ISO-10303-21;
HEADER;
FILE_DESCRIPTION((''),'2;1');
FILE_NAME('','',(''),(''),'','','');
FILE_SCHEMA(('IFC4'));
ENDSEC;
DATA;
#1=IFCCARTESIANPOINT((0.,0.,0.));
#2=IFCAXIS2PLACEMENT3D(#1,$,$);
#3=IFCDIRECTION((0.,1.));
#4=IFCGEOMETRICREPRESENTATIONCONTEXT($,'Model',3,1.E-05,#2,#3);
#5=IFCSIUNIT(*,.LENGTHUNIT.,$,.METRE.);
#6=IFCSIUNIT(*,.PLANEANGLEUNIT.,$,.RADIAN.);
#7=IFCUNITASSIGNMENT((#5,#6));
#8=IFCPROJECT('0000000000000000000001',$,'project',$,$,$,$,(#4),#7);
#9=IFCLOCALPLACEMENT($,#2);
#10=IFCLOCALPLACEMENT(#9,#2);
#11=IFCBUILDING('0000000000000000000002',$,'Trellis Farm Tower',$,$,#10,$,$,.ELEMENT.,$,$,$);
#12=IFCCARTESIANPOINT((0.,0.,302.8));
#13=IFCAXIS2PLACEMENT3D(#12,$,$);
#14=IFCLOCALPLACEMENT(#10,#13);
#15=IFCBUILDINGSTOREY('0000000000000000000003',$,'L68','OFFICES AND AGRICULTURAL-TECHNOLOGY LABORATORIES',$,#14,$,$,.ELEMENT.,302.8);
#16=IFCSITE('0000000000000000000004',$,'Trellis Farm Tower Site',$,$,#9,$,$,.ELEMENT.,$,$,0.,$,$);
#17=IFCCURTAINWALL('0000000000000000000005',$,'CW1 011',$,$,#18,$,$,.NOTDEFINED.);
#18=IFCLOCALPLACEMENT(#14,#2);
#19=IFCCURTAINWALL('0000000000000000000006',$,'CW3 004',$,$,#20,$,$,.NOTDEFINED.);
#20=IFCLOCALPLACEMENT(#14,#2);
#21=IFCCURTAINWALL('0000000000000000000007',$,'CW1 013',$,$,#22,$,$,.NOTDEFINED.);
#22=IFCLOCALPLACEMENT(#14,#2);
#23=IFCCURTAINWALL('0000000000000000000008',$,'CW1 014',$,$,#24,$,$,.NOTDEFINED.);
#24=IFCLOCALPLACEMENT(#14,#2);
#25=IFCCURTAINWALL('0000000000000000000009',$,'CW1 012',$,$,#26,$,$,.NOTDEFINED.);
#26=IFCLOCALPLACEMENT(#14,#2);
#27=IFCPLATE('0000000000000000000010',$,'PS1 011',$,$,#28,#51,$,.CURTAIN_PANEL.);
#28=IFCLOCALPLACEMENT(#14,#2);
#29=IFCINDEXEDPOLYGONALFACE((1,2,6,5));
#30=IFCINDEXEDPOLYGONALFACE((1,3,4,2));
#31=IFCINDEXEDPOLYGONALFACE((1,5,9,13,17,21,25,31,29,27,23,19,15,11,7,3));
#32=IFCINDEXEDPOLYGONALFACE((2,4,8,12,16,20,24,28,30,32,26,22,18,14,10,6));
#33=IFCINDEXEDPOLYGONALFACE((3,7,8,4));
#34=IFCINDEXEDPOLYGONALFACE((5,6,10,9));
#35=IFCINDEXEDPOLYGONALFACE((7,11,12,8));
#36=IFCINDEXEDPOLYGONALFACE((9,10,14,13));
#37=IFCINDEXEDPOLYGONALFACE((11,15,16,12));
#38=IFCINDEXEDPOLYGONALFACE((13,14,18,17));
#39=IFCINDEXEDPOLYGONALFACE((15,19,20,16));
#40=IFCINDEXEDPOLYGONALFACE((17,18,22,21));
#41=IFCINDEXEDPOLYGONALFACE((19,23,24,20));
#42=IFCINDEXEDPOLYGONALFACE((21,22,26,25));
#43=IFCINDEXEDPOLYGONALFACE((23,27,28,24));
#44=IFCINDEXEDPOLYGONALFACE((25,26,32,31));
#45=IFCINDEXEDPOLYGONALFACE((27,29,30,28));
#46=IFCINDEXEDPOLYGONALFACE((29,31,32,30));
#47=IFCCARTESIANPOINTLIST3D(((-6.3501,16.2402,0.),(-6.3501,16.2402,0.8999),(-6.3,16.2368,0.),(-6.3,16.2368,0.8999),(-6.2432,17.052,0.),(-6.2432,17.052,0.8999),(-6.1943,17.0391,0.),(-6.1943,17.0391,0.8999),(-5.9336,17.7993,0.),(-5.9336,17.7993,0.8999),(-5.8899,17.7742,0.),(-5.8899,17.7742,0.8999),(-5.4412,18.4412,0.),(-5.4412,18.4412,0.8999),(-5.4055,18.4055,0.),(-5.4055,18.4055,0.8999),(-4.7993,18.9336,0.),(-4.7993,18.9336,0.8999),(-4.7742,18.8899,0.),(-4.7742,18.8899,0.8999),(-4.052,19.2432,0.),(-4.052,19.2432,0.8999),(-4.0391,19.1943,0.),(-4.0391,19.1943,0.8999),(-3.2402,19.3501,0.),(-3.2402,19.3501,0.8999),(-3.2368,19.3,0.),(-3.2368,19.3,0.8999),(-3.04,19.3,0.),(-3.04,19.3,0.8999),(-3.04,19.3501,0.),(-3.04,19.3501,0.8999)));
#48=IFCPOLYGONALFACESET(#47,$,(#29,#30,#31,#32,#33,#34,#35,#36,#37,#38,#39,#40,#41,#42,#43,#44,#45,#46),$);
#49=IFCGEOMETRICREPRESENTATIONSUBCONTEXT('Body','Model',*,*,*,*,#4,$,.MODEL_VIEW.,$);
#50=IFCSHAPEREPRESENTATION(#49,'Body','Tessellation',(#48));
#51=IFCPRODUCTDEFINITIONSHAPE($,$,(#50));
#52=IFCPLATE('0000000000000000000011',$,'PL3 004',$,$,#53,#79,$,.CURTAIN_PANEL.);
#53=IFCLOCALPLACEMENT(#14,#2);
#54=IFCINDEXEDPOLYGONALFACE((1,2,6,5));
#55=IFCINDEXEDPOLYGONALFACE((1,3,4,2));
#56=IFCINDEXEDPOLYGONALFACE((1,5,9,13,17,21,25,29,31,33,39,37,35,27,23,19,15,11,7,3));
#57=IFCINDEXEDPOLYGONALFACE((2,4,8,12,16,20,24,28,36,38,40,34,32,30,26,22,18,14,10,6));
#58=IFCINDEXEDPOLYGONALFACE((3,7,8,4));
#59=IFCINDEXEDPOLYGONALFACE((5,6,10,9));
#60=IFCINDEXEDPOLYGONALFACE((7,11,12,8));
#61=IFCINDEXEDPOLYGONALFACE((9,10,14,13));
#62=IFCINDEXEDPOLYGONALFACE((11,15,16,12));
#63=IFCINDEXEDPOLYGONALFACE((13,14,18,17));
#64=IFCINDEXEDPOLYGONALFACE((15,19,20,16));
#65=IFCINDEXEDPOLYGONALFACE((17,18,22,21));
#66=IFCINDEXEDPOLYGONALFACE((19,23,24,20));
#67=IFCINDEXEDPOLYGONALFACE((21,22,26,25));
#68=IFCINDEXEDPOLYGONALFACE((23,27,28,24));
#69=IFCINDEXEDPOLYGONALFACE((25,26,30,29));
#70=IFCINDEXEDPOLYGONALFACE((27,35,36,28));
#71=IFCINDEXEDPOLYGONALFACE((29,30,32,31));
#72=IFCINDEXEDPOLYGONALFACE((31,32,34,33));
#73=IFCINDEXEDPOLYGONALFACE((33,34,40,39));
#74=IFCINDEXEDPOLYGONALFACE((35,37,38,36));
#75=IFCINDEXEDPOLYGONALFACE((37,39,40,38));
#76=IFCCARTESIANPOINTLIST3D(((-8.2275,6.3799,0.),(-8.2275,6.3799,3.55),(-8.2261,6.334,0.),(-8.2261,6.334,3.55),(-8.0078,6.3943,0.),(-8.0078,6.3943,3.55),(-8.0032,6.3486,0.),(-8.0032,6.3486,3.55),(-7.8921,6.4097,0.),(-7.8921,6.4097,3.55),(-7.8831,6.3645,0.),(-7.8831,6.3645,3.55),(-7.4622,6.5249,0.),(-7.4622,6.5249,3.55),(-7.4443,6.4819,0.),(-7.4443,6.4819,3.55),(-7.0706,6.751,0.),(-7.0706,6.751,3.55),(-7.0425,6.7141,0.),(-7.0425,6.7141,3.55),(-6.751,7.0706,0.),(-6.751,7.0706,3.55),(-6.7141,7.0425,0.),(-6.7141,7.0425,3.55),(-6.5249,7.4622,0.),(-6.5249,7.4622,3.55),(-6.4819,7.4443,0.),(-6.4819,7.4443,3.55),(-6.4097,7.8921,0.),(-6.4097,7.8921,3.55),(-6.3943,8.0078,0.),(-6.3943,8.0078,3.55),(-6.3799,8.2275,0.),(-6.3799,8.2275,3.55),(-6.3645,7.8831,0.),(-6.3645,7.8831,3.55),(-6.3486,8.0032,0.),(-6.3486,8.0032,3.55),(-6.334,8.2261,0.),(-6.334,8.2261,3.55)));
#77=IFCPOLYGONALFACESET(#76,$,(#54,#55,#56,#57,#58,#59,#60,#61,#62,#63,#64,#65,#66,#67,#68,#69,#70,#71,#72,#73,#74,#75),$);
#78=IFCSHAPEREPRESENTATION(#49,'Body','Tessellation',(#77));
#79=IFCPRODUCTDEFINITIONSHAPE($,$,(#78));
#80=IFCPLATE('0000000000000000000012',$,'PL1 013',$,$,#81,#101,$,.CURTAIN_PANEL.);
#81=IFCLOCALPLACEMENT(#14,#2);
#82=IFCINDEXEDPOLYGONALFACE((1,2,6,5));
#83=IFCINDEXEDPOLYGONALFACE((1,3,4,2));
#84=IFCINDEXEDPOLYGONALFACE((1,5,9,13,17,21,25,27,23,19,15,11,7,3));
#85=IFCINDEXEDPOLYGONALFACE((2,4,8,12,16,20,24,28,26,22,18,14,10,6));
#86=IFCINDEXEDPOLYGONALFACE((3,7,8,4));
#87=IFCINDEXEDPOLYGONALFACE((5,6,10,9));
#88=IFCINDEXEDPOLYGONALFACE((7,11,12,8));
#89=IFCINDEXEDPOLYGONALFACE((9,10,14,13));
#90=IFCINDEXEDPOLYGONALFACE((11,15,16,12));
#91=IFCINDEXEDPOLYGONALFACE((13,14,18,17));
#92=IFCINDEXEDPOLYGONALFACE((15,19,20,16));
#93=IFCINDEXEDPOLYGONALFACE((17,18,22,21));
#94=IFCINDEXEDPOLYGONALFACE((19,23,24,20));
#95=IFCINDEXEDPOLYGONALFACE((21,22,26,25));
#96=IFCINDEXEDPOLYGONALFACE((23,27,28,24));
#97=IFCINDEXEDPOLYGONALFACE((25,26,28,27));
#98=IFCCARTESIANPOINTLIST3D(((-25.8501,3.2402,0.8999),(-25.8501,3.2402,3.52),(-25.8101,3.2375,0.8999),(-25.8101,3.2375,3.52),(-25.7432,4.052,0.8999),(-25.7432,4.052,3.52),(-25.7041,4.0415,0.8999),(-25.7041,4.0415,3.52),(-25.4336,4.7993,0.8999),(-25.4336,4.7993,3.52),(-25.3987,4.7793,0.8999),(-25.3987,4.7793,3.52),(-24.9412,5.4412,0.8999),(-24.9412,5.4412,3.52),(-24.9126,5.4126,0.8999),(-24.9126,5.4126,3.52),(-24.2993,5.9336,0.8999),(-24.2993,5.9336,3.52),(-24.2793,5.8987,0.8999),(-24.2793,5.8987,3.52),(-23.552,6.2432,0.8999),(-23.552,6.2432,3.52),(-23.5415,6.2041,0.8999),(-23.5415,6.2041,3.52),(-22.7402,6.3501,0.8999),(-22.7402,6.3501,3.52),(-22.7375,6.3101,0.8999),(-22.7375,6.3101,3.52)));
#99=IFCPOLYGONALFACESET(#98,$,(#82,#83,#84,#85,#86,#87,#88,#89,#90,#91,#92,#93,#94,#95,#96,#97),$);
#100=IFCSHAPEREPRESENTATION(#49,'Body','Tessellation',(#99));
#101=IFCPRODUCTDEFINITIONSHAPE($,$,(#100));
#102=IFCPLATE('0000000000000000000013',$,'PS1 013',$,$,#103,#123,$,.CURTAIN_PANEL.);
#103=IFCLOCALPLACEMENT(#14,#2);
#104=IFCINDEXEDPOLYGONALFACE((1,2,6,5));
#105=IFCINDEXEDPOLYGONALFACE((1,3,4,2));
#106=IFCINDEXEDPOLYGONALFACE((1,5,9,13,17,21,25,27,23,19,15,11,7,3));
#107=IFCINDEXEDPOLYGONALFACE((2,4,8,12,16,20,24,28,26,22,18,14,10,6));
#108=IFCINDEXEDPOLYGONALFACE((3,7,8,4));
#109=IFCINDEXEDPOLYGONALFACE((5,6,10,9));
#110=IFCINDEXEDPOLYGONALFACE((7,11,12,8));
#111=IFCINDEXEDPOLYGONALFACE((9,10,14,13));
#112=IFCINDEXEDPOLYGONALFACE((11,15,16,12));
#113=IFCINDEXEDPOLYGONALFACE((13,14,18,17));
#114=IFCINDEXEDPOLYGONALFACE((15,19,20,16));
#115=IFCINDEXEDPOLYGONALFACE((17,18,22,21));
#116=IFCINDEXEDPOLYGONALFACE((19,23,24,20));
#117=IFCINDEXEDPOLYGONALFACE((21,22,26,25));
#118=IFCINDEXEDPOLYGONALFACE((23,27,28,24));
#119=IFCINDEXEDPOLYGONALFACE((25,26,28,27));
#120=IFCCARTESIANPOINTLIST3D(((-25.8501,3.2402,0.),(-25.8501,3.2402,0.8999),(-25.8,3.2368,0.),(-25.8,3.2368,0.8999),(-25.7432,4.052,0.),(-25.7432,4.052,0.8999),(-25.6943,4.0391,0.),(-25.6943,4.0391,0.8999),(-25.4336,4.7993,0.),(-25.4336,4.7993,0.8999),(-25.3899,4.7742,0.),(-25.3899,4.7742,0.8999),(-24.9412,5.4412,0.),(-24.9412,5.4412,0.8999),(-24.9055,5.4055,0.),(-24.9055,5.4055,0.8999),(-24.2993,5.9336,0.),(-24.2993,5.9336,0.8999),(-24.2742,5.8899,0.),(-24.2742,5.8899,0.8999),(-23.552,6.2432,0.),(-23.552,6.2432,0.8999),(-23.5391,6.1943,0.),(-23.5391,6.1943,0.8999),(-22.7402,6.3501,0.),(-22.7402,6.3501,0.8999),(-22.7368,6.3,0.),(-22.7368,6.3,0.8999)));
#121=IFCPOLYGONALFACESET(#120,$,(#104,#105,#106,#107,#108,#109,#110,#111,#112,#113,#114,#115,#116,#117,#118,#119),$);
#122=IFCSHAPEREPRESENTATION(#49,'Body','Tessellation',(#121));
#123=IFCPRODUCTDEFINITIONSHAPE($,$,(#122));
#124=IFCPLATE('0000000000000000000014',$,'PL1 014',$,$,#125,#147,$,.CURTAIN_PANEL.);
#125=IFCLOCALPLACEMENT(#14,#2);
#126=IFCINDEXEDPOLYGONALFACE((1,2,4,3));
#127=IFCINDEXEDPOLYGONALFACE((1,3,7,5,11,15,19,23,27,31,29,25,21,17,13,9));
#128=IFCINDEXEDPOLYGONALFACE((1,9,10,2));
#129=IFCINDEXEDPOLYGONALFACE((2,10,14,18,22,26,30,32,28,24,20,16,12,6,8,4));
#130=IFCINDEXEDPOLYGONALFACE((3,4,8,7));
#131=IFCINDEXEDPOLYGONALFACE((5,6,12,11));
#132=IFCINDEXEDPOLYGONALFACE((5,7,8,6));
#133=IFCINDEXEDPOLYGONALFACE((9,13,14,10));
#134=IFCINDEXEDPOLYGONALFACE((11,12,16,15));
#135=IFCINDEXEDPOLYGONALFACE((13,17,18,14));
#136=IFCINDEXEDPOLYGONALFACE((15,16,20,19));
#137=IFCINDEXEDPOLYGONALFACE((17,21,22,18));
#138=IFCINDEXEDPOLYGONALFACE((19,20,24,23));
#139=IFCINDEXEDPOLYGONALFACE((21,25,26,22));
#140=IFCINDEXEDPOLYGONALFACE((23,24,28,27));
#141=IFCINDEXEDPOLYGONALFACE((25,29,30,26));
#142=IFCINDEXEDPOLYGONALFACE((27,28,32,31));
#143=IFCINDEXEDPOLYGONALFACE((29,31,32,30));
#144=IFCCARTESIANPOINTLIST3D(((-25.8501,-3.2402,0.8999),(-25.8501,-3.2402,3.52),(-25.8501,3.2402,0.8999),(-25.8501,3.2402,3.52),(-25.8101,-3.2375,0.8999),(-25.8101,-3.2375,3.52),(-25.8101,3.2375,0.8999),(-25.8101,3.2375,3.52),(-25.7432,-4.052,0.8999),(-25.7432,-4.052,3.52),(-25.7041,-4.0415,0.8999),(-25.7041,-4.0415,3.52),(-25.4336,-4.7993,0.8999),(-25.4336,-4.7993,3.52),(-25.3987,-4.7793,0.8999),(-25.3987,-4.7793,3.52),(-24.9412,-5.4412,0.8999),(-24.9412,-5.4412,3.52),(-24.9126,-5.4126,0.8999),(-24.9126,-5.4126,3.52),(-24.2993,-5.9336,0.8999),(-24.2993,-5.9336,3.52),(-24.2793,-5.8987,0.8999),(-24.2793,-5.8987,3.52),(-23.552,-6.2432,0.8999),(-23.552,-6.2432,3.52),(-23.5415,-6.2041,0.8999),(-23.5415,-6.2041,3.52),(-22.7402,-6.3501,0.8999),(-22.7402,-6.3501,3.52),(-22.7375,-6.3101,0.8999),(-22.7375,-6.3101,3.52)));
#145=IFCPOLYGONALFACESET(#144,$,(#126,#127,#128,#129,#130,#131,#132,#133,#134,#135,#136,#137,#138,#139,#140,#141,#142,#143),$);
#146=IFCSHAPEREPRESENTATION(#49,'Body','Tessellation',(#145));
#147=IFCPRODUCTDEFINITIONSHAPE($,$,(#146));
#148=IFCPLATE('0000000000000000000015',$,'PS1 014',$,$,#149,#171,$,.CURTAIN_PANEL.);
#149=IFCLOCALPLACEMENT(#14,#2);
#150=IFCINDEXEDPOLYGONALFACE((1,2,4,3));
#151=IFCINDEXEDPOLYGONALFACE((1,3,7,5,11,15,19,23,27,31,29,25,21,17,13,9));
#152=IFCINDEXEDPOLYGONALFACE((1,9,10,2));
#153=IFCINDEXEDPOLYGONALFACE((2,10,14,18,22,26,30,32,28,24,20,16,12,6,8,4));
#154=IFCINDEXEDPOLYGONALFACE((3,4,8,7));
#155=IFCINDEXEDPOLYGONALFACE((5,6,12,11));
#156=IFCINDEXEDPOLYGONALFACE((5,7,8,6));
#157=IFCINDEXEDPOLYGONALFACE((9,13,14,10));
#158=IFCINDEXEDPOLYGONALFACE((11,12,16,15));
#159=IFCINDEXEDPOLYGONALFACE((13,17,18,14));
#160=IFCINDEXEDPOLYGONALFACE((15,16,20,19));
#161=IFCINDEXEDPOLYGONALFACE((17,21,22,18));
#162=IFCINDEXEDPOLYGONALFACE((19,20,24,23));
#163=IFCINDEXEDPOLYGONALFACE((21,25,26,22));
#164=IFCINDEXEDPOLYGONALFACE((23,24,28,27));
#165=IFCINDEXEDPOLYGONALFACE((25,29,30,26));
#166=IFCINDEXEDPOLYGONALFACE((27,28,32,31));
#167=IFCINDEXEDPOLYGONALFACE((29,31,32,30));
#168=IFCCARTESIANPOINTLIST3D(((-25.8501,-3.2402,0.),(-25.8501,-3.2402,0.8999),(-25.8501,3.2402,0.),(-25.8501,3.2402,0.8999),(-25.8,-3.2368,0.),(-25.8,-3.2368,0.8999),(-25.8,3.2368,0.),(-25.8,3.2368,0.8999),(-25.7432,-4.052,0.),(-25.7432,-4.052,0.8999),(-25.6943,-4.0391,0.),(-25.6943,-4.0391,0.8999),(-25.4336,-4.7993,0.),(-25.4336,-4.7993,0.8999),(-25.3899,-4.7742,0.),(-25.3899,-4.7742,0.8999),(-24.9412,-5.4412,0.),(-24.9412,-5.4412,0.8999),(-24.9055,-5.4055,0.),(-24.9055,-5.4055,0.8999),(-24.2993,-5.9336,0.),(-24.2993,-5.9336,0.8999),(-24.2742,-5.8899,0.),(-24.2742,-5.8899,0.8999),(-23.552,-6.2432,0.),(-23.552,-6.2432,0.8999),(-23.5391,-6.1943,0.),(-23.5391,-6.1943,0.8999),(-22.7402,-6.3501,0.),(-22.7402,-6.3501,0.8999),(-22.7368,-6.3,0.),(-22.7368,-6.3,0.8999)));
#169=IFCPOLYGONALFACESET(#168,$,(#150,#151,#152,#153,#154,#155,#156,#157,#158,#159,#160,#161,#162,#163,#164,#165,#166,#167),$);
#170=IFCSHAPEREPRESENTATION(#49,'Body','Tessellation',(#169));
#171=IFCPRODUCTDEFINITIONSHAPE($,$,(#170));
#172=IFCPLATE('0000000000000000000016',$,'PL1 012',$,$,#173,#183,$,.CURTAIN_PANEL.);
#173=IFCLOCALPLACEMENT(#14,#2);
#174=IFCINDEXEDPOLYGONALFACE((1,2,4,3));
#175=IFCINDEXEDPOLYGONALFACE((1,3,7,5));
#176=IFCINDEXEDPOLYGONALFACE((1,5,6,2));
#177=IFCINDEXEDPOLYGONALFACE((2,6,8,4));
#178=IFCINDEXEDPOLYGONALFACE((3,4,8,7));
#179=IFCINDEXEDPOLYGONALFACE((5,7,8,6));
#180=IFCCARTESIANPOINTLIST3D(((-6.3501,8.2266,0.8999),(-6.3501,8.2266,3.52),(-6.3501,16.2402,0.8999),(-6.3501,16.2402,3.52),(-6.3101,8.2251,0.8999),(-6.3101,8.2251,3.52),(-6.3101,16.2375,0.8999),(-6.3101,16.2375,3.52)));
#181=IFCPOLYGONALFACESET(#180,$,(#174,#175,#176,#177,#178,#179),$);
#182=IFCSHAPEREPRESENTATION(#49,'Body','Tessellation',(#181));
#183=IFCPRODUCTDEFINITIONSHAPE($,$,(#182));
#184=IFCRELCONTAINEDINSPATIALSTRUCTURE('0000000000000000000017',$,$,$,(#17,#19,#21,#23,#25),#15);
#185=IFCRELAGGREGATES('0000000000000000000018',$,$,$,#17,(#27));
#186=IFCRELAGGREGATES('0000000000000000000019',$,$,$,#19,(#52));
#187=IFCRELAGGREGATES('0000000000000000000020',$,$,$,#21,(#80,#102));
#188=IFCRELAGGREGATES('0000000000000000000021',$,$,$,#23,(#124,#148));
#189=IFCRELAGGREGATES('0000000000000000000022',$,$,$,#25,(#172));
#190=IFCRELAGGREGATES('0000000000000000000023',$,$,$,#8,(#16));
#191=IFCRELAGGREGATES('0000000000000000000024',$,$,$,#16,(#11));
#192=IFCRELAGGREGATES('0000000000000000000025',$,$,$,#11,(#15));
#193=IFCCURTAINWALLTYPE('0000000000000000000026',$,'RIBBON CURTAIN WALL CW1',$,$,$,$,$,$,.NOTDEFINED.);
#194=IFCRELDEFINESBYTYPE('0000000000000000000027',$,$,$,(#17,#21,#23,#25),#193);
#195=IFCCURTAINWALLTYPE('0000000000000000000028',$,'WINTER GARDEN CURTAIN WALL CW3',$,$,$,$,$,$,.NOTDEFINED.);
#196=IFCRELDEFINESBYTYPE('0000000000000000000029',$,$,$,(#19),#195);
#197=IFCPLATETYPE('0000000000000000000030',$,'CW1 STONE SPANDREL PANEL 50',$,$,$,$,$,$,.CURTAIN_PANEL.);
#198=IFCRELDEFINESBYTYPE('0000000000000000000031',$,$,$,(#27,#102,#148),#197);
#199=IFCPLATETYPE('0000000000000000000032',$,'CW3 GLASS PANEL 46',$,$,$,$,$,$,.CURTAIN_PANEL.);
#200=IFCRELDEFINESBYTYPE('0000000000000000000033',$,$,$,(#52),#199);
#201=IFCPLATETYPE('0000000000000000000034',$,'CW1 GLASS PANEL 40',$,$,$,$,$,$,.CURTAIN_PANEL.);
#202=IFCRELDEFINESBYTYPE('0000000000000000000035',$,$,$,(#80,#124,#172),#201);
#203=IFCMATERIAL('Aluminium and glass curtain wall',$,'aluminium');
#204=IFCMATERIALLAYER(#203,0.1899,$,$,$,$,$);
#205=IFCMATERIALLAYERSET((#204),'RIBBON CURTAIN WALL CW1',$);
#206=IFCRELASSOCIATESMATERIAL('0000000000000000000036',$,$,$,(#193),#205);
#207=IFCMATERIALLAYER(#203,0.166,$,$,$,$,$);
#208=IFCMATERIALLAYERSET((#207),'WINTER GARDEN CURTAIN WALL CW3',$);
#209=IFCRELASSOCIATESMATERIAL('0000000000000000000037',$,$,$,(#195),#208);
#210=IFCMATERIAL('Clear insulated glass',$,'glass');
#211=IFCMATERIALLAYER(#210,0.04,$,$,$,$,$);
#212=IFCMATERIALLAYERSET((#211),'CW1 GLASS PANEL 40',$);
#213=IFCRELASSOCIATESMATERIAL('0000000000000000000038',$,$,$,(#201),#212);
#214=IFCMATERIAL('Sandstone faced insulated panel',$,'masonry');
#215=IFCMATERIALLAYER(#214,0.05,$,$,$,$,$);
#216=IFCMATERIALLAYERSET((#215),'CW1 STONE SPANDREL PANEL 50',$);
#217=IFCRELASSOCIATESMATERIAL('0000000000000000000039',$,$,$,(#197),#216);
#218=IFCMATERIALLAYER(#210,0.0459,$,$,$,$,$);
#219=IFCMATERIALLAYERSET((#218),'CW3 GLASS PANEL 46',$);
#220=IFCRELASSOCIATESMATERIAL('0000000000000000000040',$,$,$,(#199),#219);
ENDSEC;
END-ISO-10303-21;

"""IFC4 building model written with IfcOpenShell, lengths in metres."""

from ifc_helpers import new_model, si_unit, direction, frame, origin, place, context, subcontext, project, spatial, polyline, outline, extrude, source, transform, mapped, material, layer, layer_set, type_object, element, aggregate, save


model = new_model("IFC4")

# Units and contexts
model_context = context("Model", 3, precision=1e-05, world=origin(), true_north=direction((0.0, 1.0)))
body_context = subcontext(model_context, "Body", "Model", "MODEL_VIEW")
ifc_project = project(units=[si_unit("LENGTHUNIT", "METRE"), si_unit("PLANEANGLEUNIT", "RADIAN")], contexts=[model_context])

# Site, building, storey
site_placement = place(None, origin())
site = spatial("IfcSite", under=ifc_project, at=site_placement, Name="Trellis Farm Tower Site", CompositionType="ELEMENT", RefElevation=0.0)
building_placement = place(site_placement, origin())
building = spatial("IfcBuilding", under=site, at=building_placement, Name="Trellis Farm Tower", CompositionType="ELEMENT")
storey_placement = place(building_placement, frame((0.0, 0.0, 302.8)))
storey = spatial("IfcBuildingStorey", under=building, at=storey_placement, Name="L68", Description="OFFICES AND AGRICULTURAL-TECHNOLOGY LABORATORIES", CompositionType="ELEMENT", Elevation=302.8)

# Curtain walls
ifc_material_1 = material(Name="Aluminium and glass curtain wall", Category="aluminium")
ifc_layer_1 = layer(ifc_material_1, 0.1899)
ifc_layer_set_1 = layer_set([ifc_layer_1], Name="RIBBON CURTAIN WALL CW1")
curtain_wall_type_1 = type_object("IfcCurtainWallType", Name="RIBBON CURTAIN WALL CW1", PredefinedType="NOTDEFINED", material=ifc_layer_set_1)
placement_1 = place(storey_placement, origin())
curtain_wall_1 = element("IfcCurtainWall", 1, at=placement_1, inside=storey, type_object=curtain_wall_type_1, Name="CW1 011", PredefinedType="NOTDEFINED")
ifc_layer_2 = layer(ifc_material_1, 0.166)
ifc_layer_set_2 = layer_set([ifc_layer_2], Name="WINTER GARDEN CURTAIN WALL CW3")
curtain_wall_type_2 = type_object("IfcCurtainWallType", Name="WINTER GARDEN CURTAIN WALL CW3", PredefinedType="NOTDEFINED", material=ifc_layer_set_2)
curtain_wall_2 = element("IfcCurtainWall", 2, at=placement_1, inside=storey, type_object=curtain_wall_type_2, Name="CW3 004", PredefinedType="NOTDEFINED")
curtain_wall_3 = element("IfcCurtainWall", 3, at=placement_1, inside=storey, type_object=curtain_wall_type_1, Name="CW1 013", PredefinedType="NOTDEFINED")
curtain_wall_4 = element("IfcCurtainWall", 4, at=placement_1, inside=storey, type_object=curtain_wall_type_1, Name="CW1 014", PredefinedType="NOTDEFINED")
curtain_wall_5 = element("IfcCurtainWall", 5, at=placement_1, inside=storey, type_object=curtain_wall_type_1, Name="CW1 012", PredefinedType="NOTDEFINED")

# Plates
ifc_material_2 = material(Name="Clear insulated glass", Category="glass")
ifc_layer_3 = layer(ifc_material_2, 0.04)
ifc_layer_set_3 = layer_set([ifc_layer_3], Name="CW1 GLASS PANEL 40")
plate_type_1 = type_object("IfcPlateType", Name="CW1 GLASS PANEL 40", PredefinedType="CURTAIN_PANEL", material=ifc_layer_set_3)
placement_2 = place(storey_placement, frame((0.0, 0.0, 0.8999)))
ifc_material_3 = material(Name="Sandstone faced insulated panel", Category="masonry")
ifc_layer_4 = layer(ifc_material_3, 0.05)
ifc_layer_set_4 = layer_set([ifc_layer_4], Name="CW1 STONE SPANDREL PANEL 50")
plate_type_2 = type_object("IfcPlateType", Name="CW1 STONE SPANDREL PANEL 50", PredefinedType="CURTAIN_PANEL", material=ifc_layer_set_4)
plate_1 = element("IfcPlate", 6, at=placement_1, type_object=plate_type_2, Name="PS1 011", PredefinedType="CURTAIN_PANEL", context=body_context, shape_type="SweptSolid", body=[
    extrude(outline(polyline([(-3.04, 19.3501), (-3.2402, 19.3501), (-4.052, 19.2432), (-4.7993, 18.9336), (-5.4412, 18.4412), (-5.9336, 17.7993), (-6.2432, 17.052), (-6.3501, 16.2402), (-6.3, 16.2368), (-6.1943, 17.0391), (-5.8899, 17.7742), (-5.4055, 18.4055), (-4.7742, 18.8899), (-4.0391, 19.1943), (-3.2368, 19.3), (-3.04, 19.3), (-3.04, 19.3501)])), origin(), (0.0, 0.0, 1.0), 0.8999),
])
aggregate(curtain_wall_1, [plate_1])
ifc_layer_5 = layer(ifc_material_2, 0.0459)
ifc_layer_set_5 = layer_set([ifc_layer_5], Name="CW3 GLASS PANEL 46")
plate_type_3 = type_object("IfcPlateType", Name="CW3 GLASS PANEL 46", PredefinedType="CURTAIN_PANEL", material=ifc_layer_set_5)
shared_shape_1 = source(origin(), body_context, "Body", "SweptSolid", [
    extrude(outline(polyline([(-6.3799, 8.2275), (-6.3943, 8.0078), (-6.4097, 7.8921), (-6.5249, 7.4622), (-6.751, 7.0706), (-7.0706, 6.751), (-7.4622, 6.5249), (-7.8921, 6.4097), (-8.0078, 6.3943), (-8.2275, 6.3799), (-8.2261, 6.334), (-8.0032, 6.3486), (-7.8831, 6.3645), (-7.4443, 6.4819), (-7.0425, 6.7141), (-6.7141, 7.0425), (-6.4819, 7.4443), (-6.3645, 7.8831), (-6.3486, 8.0032), (-6.334, 8.2261), (-6.3799, 8.2275)])), origin(), (0.0, 0.0, 1.0), 3.55),
])
plate_2 = element("IfcPlate", 7, at=placement_1, type_object=plate_type_3, Name="PL3 004", PredefinedType="CURTAIN_PANEL", context=body_context, shape_type="MappedRepresentation", body=[
    mapped(shared_shape_1, transform((0.0, 0.0, 0.0))),
])
aggregate(curtain_wall_2, [plate_2])
shared_shape_2 = source(origin(), body_context, "Body", "SweptSolid", [
    extrude(outline(polyline([(-22.7402, 6.3501), (-23.552, 6.2432), (-24.2993, 5.9336), (-24.9412, 5.4412), (-25.4336, 4.7993), (-25.7432, 4.052), (-25.8501, 3.2402), (-25.8101, 3.2375), (-25.7041, 4.0415), (-25.3987, 4.7793), (-24.9126, 5.4126), (-24.2793, 5.8987), (-23.5415, 6.2041), (-22.7375, 6.3101), (-22.7402, 6.3501)])), origin(), (0.0, 0.0, 1.0), 2.6201),
])
plate_3 = element("IfcPlate", 8, at=placement_2, type_object=plate_type_1, Name="PL1 013", PredefinedType="CURTAIN_PANEL", context=body_context, shape_type="MappedRepresentation", body=[
    mapped(shared_shape_2, transform((0.0, 0.0, 0.0))),
])
shared_shape_3 = source(origin(), body_context, "Body", "SweptSolid", [
    extrude(outline(polyline([(-22.7402, 6.3501), (-23.552, 6.2432), (-24.2993, 5.9336), (-24.9412, 5.4412), (-25.4336, 4.7993), (-25.7432, 4.052), (-25.8501, 3.2402), (-25.8, 3.2368), (-25.6943, 4.0391), (-25.3899, 4.7742), (-24.9055, 5.4055), (-24.2742, 5.8899), (-23.5391, 6.1943), (-22.7368, 6.3), (-22.7402, 6.3501)])), origin(), (0.0, 0.0, 1.0), 0.8999),
])
plate_4 = element("IfcPlate", 9, at=placement_1, type_object=plate_type_2, Name="PS1 013", PredefinedType="CURTAIN_PANEL", context=body_context, shape_type="MappedRepresentation", body=[
    mapped(shared_shape_3, transform((0.0, 0.0, 0.0))),
])
aggregate(curtain_wall_3, [plate_3, plate_4])
shared_shape_4 = source(origin(), body_context, "Body", "SweptSolid", [
    extrude(outline(polyline([(-25.8501, 3.2402), (-25.8501, -3.2402), (-25.7432, -4.052), (-25.4336, -4.7993), (-24.9412, -5.4412), (-24.2993, -5.9336), (-23.552, -6.2432), (-22.7402, -6.3501), (-22.7375, -6.3101), (-23.5415, -6.2041), (-24.2793, -5.8987), (-24.9126, -5.4126), (-25.3987, -4.7793), (-25.7041, -4.0415), (-25.8101, -3.2375), (-25.8101, 3.2375), (-25.8501, 3.2402)])), origin(), (0.0, 0.0, 1.0), 2.6201),
])
plate_5 = element("IfcPlate", 10, at=placement_2, type_object=plate_type_1, Name="PL1 014", PredefinedType="CURTAIN_PANEL", context=body_context, shape_type="MappedRepresentation", body=[
    mapped(shared_shape_4, transform((0.0, 0.0, 0.0))),
])
shared_shape_5 = source(origin(), body_context, "Body", "SweptSolid", [
    extrude(outline(polyline([(-25.8501, 3.2402), (-25.8501, -3.2402), (-25.7432, -4.052), (-25.4336, -4.7993), (-24.9412, -5.4412), (-24.2993, -5.9336), (-23.552, -6.2432), (-22.7402, -6.3501), (-22.7368, -6.3), (-23.5391, -6.1943), (-24.2742, -5.8899), (-24.9055, -5.4055), (-25.3899, -4.7742), (-25.6943, -4.0391), (-25.8, -3.2368), (-25.8, 3.2368), (-25.8501, 3.2402)])), origin(), (0.0, 0.0, 1.0), 0.8999),
])
plate_6 = element("IfcPlate", 11, at=placement_1, type_object=plate_type_2, Name="PS1 014", PredefinedType="CURTAIN_PANEL", context=body_context, shape_type="MappedRepresentation", body=[
    mapped(shared_shape_5, transform((0.0, 0.0, 0.0))),
])
aggregate(curtain_wall_4, [plate_5, plate_6])
shared_shape_6 = source(origin(), body_context, "Body", "SweptSolid", [
    extrude(outline(polyline([(-6.3501, 16.2402), (-6.3501, 8.2266), (-6.3101, 8.2251), (-6.3101, 16.2375), (-6.3501, 16.2402)])), origin(), (0.0, 0.0, 1.0), 2.6201),
])
plate_7 = element("IfcPlate", 12, at=placement_2, type_object=plate_type_1, Name="PL1 012", PredefinedType="CURTAIN_PANEL", context=body_context, shape_type="MappedRepresentation", body=[
    mapped(shared_shape_6, transform((0.0, 0.0, 0.0))),
])
aggregate(curtain_wall_5, [plate_7])

save(model, "model.ifc")
